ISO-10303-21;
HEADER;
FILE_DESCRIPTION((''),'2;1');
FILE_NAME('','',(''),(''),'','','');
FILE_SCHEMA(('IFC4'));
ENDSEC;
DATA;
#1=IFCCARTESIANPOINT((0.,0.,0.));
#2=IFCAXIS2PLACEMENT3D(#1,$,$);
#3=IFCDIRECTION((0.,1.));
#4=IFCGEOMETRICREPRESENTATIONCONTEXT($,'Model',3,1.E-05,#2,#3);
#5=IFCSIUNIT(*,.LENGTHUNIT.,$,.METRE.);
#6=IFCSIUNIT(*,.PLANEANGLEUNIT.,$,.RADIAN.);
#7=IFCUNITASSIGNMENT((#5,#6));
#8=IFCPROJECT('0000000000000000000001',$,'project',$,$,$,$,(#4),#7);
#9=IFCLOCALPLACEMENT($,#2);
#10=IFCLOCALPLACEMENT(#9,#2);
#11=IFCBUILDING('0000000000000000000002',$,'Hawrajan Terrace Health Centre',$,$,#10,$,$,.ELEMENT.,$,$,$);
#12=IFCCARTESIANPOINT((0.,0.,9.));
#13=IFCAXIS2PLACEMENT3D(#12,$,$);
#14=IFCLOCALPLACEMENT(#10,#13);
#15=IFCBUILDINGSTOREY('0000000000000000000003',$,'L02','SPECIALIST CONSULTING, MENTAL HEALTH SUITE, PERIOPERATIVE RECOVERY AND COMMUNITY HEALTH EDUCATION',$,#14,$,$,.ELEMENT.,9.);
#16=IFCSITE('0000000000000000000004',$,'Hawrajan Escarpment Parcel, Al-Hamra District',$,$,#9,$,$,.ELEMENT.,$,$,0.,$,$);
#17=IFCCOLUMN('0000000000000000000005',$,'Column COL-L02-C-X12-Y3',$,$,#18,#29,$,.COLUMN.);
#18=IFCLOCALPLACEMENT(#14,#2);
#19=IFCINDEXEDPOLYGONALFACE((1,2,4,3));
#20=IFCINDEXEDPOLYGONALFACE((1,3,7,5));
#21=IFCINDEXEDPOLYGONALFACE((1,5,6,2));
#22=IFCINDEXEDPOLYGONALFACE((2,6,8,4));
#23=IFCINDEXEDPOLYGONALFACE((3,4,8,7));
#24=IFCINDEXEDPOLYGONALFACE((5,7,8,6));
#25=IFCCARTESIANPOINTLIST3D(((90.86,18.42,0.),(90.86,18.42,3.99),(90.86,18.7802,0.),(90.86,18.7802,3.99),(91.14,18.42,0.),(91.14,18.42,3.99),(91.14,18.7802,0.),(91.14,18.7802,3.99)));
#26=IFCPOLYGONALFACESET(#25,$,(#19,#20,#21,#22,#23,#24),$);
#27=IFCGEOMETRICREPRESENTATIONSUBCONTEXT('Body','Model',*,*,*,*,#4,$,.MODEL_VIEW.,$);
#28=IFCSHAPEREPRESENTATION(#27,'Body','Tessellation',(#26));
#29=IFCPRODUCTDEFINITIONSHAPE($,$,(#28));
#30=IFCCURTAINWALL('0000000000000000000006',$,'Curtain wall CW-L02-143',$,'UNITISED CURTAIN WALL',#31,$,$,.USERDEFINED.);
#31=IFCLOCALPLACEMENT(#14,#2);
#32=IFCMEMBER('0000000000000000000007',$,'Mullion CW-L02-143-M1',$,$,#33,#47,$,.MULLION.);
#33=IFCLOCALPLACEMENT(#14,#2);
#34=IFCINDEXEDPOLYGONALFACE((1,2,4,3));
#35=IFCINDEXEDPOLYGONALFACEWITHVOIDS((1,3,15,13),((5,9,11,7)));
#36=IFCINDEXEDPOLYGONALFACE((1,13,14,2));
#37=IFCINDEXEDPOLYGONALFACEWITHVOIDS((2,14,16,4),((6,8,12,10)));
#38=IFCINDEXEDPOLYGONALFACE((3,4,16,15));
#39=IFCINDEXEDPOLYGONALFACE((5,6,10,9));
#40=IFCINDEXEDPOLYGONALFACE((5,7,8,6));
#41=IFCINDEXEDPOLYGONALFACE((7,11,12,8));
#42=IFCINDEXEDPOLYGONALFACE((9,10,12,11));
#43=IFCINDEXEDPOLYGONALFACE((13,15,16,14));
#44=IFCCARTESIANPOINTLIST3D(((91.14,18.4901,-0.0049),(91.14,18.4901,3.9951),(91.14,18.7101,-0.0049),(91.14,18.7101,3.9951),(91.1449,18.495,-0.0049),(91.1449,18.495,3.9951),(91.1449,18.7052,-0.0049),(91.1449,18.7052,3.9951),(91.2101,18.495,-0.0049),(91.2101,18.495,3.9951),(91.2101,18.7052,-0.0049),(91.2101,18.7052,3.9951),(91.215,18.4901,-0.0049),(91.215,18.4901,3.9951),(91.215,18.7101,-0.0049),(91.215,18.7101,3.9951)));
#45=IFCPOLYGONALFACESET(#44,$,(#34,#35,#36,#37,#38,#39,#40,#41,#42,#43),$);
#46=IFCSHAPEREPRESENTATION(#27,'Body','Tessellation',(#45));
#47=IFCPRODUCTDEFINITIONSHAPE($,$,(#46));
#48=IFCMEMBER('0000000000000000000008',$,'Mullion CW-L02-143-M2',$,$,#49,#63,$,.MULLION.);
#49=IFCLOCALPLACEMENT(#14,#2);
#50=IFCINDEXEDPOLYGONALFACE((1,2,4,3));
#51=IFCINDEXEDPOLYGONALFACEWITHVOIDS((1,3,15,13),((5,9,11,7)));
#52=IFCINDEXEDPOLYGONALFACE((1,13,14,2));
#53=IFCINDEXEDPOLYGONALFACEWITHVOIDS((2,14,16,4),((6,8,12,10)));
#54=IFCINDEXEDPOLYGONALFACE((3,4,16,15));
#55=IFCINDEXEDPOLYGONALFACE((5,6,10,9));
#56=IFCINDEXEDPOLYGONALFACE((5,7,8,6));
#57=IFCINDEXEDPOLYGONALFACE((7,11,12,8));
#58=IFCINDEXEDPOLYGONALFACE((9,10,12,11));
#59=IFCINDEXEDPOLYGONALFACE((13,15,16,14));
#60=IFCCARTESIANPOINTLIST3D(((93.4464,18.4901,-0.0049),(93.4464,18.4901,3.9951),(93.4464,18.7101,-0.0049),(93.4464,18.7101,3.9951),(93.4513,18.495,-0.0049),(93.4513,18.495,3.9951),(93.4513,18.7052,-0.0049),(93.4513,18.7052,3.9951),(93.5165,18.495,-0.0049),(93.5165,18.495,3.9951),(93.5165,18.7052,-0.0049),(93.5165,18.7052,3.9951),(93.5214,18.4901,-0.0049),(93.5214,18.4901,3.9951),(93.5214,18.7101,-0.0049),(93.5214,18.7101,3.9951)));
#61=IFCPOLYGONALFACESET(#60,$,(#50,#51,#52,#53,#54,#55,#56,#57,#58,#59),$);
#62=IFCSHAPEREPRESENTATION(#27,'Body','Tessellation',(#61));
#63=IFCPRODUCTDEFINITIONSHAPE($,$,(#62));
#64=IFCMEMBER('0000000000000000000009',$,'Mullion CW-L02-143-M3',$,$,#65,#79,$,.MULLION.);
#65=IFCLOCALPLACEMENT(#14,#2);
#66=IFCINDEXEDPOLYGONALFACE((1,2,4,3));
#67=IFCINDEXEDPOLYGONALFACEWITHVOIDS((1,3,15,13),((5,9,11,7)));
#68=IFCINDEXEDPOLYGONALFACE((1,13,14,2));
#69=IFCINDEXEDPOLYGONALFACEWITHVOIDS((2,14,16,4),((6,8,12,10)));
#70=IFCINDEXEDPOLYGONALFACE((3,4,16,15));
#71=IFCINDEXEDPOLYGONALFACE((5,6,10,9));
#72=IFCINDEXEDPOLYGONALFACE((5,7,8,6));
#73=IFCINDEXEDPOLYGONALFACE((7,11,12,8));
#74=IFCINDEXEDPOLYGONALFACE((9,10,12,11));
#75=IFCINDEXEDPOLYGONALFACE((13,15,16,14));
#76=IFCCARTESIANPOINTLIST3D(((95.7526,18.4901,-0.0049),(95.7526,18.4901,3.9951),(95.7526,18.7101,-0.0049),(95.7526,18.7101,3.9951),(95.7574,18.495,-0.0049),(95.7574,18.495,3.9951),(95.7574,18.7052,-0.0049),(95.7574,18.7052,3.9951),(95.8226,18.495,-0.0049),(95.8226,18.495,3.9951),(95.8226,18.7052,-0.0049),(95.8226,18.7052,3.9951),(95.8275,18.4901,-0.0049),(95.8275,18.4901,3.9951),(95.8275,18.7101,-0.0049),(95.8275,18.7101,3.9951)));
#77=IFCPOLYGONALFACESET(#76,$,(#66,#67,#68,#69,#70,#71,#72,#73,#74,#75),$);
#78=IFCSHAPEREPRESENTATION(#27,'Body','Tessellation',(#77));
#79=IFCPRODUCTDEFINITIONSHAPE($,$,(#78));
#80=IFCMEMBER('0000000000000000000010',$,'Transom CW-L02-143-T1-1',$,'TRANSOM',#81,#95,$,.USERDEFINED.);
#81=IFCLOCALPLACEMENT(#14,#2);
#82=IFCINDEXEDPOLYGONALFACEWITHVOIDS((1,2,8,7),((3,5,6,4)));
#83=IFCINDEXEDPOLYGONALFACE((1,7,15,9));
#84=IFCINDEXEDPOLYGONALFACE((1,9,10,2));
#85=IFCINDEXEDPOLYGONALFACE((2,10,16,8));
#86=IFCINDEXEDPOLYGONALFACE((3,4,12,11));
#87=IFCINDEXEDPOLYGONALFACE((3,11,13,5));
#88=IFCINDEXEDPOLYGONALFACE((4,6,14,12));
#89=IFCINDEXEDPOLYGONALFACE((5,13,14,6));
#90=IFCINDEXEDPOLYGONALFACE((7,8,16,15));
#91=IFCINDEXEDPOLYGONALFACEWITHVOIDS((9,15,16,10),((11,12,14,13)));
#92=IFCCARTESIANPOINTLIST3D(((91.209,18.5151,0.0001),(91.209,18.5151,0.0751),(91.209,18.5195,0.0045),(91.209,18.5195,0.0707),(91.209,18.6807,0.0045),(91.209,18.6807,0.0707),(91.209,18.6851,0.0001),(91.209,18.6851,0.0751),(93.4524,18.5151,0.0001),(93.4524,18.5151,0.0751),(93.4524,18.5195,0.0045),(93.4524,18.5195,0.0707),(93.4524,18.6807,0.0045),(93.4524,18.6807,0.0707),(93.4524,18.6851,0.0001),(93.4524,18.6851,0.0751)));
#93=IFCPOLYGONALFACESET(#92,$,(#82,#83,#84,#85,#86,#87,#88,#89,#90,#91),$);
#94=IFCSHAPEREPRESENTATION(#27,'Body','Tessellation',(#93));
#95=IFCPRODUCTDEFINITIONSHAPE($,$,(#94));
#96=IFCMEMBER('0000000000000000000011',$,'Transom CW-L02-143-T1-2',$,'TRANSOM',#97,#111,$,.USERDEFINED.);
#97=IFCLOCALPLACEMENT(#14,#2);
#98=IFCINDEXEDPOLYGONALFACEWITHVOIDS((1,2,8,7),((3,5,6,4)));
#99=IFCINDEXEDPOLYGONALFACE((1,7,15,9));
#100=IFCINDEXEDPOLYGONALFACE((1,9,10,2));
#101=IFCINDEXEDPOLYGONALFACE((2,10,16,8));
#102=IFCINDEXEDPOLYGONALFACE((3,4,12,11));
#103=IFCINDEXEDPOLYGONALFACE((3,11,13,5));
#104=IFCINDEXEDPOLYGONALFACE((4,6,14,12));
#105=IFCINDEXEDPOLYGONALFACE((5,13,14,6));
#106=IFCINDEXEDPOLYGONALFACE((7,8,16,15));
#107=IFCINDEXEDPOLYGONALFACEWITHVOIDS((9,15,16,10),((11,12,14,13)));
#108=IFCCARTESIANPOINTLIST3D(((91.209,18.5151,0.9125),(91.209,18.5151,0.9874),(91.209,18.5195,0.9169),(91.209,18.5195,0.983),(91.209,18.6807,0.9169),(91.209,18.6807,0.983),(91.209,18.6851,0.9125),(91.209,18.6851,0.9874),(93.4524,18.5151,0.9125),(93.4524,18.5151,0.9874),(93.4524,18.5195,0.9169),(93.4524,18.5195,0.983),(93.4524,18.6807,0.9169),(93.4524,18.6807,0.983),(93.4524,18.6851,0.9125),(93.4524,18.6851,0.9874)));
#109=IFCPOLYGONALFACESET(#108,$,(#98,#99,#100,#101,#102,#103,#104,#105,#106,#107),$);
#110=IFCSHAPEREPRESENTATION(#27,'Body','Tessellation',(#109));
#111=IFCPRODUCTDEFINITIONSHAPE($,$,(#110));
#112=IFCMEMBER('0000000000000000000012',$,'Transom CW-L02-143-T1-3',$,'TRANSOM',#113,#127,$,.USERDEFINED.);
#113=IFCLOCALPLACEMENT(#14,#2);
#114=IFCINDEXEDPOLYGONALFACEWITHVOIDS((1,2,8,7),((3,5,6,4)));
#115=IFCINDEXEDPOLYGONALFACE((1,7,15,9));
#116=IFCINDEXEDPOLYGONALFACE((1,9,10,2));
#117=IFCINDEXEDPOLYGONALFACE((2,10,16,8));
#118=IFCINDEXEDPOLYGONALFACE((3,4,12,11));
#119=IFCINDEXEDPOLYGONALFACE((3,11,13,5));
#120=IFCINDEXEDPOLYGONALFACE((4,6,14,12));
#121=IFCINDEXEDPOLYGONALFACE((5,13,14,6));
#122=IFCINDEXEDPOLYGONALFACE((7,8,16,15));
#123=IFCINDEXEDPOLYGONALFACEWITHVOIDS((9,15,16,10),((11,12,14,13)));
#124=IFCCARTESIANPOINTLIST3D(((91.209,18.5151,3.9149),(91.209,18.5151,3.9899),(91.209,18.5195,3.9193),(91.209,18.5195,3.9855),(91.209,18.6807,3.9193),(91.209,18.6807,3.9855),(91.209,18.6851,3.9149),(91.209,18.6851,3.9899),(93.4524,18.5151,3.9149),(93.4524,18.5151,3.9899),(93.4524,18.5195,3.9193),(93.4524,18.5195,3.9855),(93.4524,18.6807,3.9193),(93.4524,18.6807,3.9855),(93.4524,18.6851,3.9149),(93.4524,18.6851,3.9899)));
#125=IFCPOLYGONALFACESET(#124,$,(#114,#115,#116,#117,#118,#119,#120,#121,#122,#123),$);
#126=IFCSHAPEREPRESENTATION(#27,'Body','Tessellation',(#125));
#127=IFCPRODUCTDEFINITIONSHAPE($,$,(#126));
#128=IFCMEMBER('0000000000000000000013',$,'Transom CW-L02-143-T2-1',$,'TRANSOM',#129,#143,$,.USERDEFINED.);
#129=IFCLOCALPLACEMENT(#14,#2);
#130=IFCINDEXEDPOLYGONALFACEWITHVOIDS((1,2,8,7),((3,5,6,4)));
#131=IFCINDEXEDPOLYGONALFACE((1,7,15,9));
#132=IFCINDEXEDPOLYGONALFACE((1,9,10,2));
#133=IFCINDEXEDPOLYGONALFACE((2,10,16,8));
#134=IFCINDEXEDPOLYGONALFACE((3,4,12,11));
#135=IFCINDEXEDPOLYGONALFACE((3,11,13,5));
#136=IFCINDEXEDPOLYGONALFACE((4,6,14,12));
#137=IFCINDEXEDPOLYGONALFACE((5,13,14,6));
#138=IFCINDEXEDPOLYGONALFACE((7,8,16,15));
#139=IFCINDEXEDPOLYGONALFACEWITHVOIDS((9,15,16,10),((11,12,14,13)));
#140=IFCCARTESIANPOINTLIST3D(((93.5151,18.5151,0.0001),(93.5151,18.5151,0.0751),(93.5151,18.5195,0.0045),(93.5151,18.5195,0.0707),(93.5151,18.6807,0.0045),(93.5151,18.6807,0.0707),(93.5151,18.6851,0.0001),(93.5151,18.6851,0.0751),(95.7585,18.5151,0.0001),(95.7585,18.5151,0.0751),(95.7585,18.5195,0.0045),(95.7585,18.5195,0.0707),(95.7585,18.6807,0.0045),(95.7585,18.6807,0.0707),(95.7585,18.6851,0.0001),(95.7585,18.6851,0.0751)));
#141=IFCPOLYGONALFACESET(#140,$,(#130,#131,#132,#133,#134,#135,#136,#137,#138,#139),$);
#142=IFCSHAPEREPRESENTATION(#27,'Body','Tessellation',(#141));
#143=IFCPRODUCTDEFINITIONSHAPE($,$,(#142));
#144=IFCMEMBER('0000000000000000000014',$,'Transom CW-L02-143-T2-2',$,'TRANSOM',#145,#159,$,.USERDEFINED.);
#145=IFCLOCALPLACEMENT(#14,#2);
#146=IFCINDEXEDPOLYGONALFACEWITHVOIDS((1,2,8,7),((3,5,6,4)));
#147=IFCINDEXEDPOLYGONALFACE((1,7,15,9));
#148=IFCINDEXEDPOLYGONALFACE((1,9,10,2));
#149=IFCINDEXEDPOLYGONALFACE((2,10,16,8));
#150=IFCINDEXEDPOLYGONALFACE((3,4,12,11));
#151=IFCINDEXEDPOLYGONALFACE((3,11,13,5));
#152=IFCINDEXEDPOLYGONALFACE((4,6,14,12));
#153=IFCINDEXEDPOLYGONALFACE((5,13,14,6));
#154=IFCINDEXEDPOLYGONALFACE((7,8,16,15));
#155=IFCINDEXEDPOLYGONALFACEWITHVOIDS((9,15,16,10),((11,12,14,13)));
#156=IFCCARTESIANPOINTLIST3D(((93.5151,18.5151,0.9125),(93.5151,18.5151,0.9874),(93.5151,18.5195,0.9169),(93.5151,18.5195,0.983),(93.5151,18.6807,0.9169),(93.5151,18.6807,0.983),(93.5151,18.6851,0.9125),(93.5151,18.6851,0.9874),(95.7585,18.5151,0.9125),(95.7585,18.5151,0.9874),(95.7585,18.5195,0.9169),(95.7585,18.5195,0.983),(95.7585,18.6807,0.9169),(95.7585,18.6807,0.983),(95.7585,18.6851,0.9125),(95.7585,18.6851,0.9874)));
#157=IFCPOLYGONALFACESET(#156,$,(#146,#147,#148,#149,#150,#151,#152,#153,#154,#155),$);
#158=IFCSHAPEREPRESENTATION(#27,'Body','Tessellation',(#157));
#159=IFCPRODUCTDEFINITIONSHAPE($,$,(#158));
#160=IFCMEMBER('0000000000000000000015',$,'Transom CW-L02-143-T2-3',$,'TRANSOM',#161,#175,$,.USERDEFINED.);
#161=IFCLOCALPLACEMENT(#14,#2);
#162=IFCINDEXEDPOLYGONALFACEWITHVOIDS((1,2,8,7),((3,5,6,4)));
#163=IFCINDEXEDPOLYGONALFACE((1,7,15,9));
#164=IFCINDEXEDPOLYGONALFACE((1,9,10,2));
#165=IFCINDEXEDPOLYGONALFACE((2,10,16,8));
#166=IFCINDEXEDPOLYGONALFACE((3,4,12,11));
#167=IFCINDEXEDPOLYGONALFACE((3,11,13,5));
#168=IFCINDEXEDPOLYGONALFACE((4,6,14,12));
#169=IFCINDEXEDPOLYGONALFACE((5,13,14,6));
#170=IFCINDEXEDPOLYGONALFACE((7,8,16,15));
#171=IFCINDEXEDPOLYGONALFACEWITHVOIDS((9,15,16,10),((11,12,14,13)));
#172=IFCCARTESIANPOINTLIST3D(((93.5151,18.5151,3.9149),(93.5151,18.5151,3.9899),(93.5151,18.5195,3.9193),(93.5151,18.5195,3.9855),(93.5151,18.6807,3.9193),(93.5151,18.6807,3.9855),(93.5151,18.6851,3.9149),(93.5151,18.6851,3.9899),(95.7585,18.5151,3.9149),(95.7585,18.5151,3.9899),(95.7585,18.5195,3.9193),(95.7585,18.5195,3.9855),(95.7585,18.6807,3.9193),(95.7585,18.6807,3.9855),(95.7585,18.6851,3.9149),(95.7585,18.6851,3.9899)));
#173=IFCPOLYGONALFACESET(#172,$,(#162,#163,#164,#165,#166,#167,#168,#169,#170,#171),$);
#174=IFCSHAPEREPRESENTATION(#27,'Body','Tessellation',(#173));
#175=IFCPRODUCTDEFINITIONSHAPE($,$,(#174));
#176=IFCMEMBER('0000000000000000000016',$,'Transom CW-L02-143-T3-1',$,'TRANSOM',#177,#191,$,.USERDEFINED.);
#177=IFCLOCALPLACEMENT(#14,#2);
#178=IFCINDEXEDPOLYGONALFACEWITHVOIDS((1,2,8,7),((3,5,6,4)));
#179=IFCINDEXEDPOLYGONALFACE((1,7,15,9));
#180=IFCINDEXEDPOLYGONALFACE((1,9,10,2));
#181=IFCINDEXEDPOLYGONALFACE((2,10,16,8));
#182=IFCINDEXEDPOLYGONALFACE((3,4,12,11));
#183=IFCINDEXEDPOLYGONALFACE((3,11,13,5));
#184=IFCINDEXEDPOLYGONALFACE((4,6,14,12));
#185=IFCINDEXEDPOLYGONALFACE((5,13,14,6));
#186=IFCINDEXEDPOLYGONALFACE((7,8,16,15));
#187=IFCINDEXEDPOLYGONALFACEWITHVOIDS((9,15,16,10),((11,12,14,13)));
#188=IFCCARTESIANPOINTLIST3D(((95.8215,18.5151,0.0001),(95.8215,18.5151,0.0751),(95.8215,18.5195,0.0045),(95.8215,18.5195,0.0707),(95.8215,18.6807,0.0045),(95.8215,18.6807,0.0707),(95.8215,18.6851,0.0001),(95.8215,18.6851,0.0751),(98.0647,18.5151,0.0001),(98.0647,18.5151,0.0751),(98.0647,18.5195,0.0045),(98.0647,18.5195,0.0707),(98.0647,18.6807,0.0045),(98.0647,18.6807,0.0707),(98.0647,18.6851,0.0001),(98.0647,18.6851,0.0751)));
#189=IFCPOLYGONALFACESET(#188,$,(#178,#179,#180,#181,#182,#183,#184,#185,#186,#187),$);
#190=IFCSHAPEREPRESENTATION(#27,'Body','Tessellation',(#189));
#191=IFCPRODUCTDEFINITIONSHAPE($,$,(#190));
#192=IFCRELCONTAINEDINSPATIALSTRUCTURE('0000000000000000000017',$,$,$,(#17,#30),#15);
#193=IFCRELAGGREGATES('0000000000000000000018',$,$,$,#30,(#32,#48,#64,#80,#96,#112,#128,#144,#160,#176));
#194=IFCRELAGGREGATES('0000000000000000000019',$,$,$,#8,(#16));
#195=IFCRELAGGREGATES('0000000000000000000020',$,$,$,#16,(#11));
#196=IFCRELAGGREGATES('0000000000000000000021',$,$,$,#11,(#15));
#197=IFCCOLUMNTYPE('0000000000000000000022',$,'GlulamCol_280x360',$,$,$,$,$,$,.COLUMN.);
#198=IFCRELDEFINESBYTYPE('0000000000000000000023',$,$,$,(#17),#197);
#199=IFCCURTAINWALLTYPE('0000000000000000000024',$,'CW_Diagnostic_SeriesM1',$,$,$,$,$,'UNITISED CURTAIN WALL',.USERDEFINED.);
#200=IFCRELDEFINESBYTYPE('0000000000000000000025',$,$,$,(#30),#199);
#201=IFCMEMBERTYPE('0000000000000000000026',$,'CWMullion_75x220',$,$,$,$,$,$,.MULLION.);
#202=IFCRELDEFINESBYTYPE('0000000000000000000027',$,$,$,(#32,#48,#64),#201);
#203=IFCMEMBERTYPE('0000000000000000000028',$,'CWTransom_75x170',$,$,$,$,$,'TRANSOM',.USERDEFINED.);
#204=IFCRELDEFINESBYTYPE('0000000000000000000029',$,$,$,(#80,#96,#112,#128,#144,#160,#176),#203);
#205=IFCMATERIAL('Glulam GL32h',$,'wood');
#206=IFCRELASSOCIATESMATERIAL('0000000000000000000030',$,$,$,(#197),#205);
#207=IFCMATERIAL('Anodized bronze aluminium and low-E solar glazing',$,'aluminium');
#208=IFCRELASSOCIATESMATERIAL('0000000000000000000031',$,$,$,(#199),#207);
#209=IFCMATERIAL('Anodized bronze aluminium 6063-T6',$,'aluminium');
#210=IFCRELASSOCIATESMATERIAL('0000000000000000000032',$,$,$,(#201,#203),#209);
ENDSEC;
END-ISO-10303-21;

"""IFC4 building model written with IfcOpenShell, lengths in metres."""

from ifc_helpers import new_model, si_unit, direction, frame, origin, origin_2d, place, context, subcontext, project, spatial, rectangle, hollow_rectangle, extrude, material, material_profile, profile_set, type_object, element, aggregate, save


model = new_model("IFC4")

# Units and contexts
model_context = context("Model", 3, precision=1e-05, world=origin(), true_north=direction((0.0, 1.0)))
body_context = subcontext(model_context, "Body", "Model", "MODEL_VIEW")
ifc_project = project(units=[si_unit("LENGTHUNIT", "METRE"), si_unit("PLANEANGLEUNIT", "RADIAN")], contexts=[model_context])

# Site, building, storey
site_placement = place(None, origin())
site = spatial("IfcSite", under=ifc_project, at=site_placement, Name="Hawrajan Escarpment Parcel, Al-Hamra District", CompositionType="ELEMENT", RefElevation=0.0)
building_placement = place(site_placement, origin())
building = spatial("IfcBuilding", under=site, at=building_placement, Name="Hawrajan Terrace Health Centre", CompositionType="ELEMENT")
storey_placement = place(building_placement, frame((0.0, 0.0, 9.0)))
storey = spatial("IfcBuildingStorey", under=building, at=storey_placement, Name="L02", Description="SPECIALIST CONSULTING, MENTAL HEALTH SUITE, PERIOPERATIVE RECOVERY AND COMMUNITY HEALTH EDUCATION", CompositionType="ELEMENT", Elevation=9.0)

# Column
ifc_material_1 = material(Name="Glulam GL32h", Category="wood")
ifc_material_profile_1 = material_profile(ifc_material_1, rectangle(XDim=0.28, YDim=0.3601, at=origin_2d()), Name="GL 280x360")
ifc_profile_set_1 = profile_set([ifc_material_profile_1], Name="Glulam GL32h")
column_type = type_object("IfcColumnType", Name="GlulamCol_280x360", PredefinedType="COLUMN", material=ifc_profile_set_1)
column_placement = place(storey_placement, frame((91.0, 18.6001, 0.0), z_axis=(0.0, 0.0, 1.0), x_axis=(1.0, 0.0, 0.0)))
element("IfcColumn", 1, at=column_placement, inside=storey, type_object=column_type, Name="Column COL-L02-C-X12-Y3", PredefinedType="COLUMN", context=body_context, shape_type="SweptSolid", body=[
    extrude(rectangle(XDim=0.28, YDim=0.3601, at=origin_2d()), origin(), (0.0, 0.0, 1.0), 3.99),
])

# Curtain wall, members
ifc_material_2 = material(Name="Anodized bronze aluminium and low-E solar glazing", Category="aluminium")
curtain_wall_type = type_object("IfcCurtainWallType", Name="CW_Diagnostic_SeriesM1", ElementType="UNITISED CURTAIN WALL", PredefinedType="USERDEFINED", material=ifc_material_2)
curtain_wall_placement = place(storey_placement, origin())
curtain_wall = element("IfcCurtainWall", 2, at=curtain_wall_placement, inside=storey, type_object=curtain_wall_type, Name="Curtain wall CW-L02-143", ObjectType="UNITISED CURTAIN WALL", PredefinedType="USERDEFINED")
ifc_material_3 = material(Name="Anodized bronze aluminium 6063-T6", Category="aluminium")
ifc_material_profile_2 = material_profile(ifc_material_3, hollow_rectangle(XDim=0.075, YDim=0.22, WallThickness=0.0049, at=origin_2d()), Name="CW MUL 75x220")
ifc_profile_set_2 = profile_set([ifc_material_profile_2], Name="Anodized bronze aluminium 6063-T6")
member_type_1 = type_object("IfcMemberType", Name="CWMullion_75x220", PredefinedType="MULLION", material=ifc_profile_set_2)
member_1_placement = place(storey_placement, frame((91.1775, 18.6001, -0.0049), z_axis=(0.0, 0.0, 1.0), x_axis=(1.0, 0.0, 0.0)))
member_1 = element("IfcMember", 3, at=member_1_placement, type_object=member_type_1, Name="Mullion CW-L02-143-M1", PredefinedType="MULLION", context=body_context, shape_type="SweptSolid", body=[
    extrude(hollow_rectangle(XDim=0.075, YDim=0.22, WallThickness=0.0049, at=origin_2d()), origin(), (0.0, 0.0, 1.0), 4.0),
])
member_2_placement = place(storey_placement, frame((93.4839, 18.6001, -0.0049), z_axis=(0.0, 0.0, 1.0), x_axis=(1.0, 0.0, 0.0)))
member_2 = element("IfcMember", 4, at=member_2_placement, type_object=member_type_1, Name="Mullion CW-L02-143-M2", PredefinedType="MULLION", context=body_context, shape_type="SweptSolid", body=[
    extrude(hollow_rectangle(XDim=0.075, YDim=0.22, WallThickness=0.0049, at=origin_2d()), origin(), (0.0, 0.0, 1.0), 4.0),
])
member_3_placement = place(storey_placement, frame((95.79, 18.6001, -0.0049), z_axis=(0.0, 0.0, 1.0), x_axis=(1.0, 0.0, 0.0)))
member_3 = element("IfcMember", 5, at=member_3_placement, type_object=member_type_1, Name="Mullion CW-L02-143-M3", PredefinedType="MULLION", context=body_context, shape_type="SweptSolid", body=[
    extrude(hollow_rectangle(XDim=0.075, YDim=0.22, WallThickness=0.0049, at=origin_2d()), origin(), (0.0, 0.0, 1.0), 4.0),
])
ifc_material_profile_3 = material_profile(ifc_material_3, hollow_rectangle(XDim=0.075, YDim=0.1699, WallThickness=0.0044, at=origin_2d()), Name="CW TRN 75x170")
ifc_profile_set_3 = profile_set([ifc_material_profile_3], Name="Anodized bronze aluminium 6063-T6")
member_type_2 = type_object("IfcMemberType", Name="CWTransom_75x170", ElementType="TRANSOM", PredefinedType="USERDEFINED", material=ifc_profile_set_3)
member_4_placement = place(storey_placement, frame((91.209, 18.6001, 0.0376), z_axis=(1.0, 0.0, 0.0), x_axis=(0.0, 0.0, 1.0)))
member_4 = element("IfcMember", 6, at=member_4_placement, type_object=member_type_2, Name="Transom CW-L02-143-T1-1", ObjectType="TRANSOM", PredefinedType="USERDEFINED", context=body_context, shape_type="SweptSolid", body=[
    extrude(hollow_rectangle(XDim=0.075, YDim=0.1699, WallThickness=0.0044, at=origin_2d()), origin(), (0.0, 0.0, 1.0), 2.2434),
])
member_5_placement = place(storey_placement, frame((91.209, 18.6001, 0.95), z_axis=(1.0, 0.0, 0.0), x_axis=(0.0, 0.0, 1.0)))
member_5 = element("IfcMember", 7, at=member_5_placement, type_object=member_type_2, Name="Transom CW-L02-143-T1-2", ObjectType="TRANSOM", PredefinedType="USERDEFINED", context=body_context, shape_type="SweptSolid", body=[
    extrude(hollow_rectangle(XDim=0.075, YDim=0.1699, WallThickness=0.0044, at=origin_2d()), origin(), (0.0, 0.0, 1.0), 2.2434),
])
member_6_placement = place(storey_placement, frame((91.209, 18.6001, 3.9524), z_axis=(1.0, 0.0, 0.0), x_axis=(0.0, 0.0, 1.0)))
member_6 = element("IfcMember", 8, at=member_6_placement, type_object=member_type_2, Name="Transom CW-L02-143-T1-3", ObjectType="TRANSOM", PredefinedType="USERDEFINED", context=body_context, shape_type="SweptSolid", body=[
    extrude(hollow_rectangle(XDim=0.075, YDim=0.1699, WallThickness=0.0044, at=origin_2d()), origin(), (0.0, 0.0, 1.0), 2.2434),
])
member_7_placement = place(storey_placement, frame((93.5151, 18.6001, 0.0376), z_axis=(1.0, 0.0, 0.0), x_axis=(0.0, 0.0, 1.0)))
member_7 = element("IfcMember", 9, at=member_7_placement, type_object=member_type_2, Name="Transom CW-L02-143-T2-1", ObjectType="TRANSOM", PredefinedType="USERDEFINED", context=body_context, shape_type="SweptSolid", body=[
    extrude(hollow_rectangle(XDim=0.075, YDim=0.1699, WallThickness=0.0044, at=origin_2d()), origin(), (0.0, 0.0, 1.0), 2.2434),
])
member_8_placement = place(storey_placement, frame((93.5151, 18.6001, 0.95), z_axis=(1.0, 0.0, 0.0), x_axis=(0.0, 0.0, 1.0)))
member_8 = element("IfcMember", 10, at=member_8_placement, type_object=member_type_2, Name="Transom CW-L02-143-T2-2", ObjectType="TRANSOM", PredefinedType="USERDEFINED", context=body_context, shape_type="SweptSolid", body=[
    extrude(hollow_rectangle(XDim=0.075, YDim=0.1699, WallThickness=0.0044, at=origin_2d()), origin(), (0.0, 0.0, 1.0), 2.2434),
])
member_9_placement = place(storey_placement, frame((93.5151, 18.6001, 3.9524), z_axis=(1.0, 0.0, 0.0), x_axis=(0.0, 0.0, 1.0)))
member_9 = element("IfcMember", 11, at=member_9_placement, type_object=member_type_2, Name="Transom CW-L02-143-T2-3", ObjectType="TRANSOM", PredefinedType="USERDEFINED", context=body_context, shape_type="SweptSolid", body=[
    extrude(hollow_rectangle(XDim=0.075, YDim=0.1699, WallThickness=0.0044, at=origin_2d()), origin(), (0.0, 0.0, 1.0), 2.2434),
])
member_10_placement = place(storey_placement, frame((95.8215, 18.6001, 0.0376), z_axis=(1.0, 0.0, 0.0), x_axis=(0.0, 0.0, 1.0)))
member_10 = element("IfcMember", 12, at=member_10_placement, type_object=member_type_2, Name="Transom CW-L02-143-T3-1", ObjectType="TRANSOM", PredefinedType="USERDEFINED", context=body_context, shape_type="SweptSolid", body=[
    extrude(hollow_rectangle(XDim=0.075, YDim=0.1699, WallThickness=0.0044, at=origin_2d()), origin(), (0.0, 0.0, 1.0), 2.2432),
])

aggregate(curtain_wall, [member_1, member_2, member_3, member_4, member_5, member_6, member_7, member_8, member_9, member_10])

save(model, "model.ifc")
